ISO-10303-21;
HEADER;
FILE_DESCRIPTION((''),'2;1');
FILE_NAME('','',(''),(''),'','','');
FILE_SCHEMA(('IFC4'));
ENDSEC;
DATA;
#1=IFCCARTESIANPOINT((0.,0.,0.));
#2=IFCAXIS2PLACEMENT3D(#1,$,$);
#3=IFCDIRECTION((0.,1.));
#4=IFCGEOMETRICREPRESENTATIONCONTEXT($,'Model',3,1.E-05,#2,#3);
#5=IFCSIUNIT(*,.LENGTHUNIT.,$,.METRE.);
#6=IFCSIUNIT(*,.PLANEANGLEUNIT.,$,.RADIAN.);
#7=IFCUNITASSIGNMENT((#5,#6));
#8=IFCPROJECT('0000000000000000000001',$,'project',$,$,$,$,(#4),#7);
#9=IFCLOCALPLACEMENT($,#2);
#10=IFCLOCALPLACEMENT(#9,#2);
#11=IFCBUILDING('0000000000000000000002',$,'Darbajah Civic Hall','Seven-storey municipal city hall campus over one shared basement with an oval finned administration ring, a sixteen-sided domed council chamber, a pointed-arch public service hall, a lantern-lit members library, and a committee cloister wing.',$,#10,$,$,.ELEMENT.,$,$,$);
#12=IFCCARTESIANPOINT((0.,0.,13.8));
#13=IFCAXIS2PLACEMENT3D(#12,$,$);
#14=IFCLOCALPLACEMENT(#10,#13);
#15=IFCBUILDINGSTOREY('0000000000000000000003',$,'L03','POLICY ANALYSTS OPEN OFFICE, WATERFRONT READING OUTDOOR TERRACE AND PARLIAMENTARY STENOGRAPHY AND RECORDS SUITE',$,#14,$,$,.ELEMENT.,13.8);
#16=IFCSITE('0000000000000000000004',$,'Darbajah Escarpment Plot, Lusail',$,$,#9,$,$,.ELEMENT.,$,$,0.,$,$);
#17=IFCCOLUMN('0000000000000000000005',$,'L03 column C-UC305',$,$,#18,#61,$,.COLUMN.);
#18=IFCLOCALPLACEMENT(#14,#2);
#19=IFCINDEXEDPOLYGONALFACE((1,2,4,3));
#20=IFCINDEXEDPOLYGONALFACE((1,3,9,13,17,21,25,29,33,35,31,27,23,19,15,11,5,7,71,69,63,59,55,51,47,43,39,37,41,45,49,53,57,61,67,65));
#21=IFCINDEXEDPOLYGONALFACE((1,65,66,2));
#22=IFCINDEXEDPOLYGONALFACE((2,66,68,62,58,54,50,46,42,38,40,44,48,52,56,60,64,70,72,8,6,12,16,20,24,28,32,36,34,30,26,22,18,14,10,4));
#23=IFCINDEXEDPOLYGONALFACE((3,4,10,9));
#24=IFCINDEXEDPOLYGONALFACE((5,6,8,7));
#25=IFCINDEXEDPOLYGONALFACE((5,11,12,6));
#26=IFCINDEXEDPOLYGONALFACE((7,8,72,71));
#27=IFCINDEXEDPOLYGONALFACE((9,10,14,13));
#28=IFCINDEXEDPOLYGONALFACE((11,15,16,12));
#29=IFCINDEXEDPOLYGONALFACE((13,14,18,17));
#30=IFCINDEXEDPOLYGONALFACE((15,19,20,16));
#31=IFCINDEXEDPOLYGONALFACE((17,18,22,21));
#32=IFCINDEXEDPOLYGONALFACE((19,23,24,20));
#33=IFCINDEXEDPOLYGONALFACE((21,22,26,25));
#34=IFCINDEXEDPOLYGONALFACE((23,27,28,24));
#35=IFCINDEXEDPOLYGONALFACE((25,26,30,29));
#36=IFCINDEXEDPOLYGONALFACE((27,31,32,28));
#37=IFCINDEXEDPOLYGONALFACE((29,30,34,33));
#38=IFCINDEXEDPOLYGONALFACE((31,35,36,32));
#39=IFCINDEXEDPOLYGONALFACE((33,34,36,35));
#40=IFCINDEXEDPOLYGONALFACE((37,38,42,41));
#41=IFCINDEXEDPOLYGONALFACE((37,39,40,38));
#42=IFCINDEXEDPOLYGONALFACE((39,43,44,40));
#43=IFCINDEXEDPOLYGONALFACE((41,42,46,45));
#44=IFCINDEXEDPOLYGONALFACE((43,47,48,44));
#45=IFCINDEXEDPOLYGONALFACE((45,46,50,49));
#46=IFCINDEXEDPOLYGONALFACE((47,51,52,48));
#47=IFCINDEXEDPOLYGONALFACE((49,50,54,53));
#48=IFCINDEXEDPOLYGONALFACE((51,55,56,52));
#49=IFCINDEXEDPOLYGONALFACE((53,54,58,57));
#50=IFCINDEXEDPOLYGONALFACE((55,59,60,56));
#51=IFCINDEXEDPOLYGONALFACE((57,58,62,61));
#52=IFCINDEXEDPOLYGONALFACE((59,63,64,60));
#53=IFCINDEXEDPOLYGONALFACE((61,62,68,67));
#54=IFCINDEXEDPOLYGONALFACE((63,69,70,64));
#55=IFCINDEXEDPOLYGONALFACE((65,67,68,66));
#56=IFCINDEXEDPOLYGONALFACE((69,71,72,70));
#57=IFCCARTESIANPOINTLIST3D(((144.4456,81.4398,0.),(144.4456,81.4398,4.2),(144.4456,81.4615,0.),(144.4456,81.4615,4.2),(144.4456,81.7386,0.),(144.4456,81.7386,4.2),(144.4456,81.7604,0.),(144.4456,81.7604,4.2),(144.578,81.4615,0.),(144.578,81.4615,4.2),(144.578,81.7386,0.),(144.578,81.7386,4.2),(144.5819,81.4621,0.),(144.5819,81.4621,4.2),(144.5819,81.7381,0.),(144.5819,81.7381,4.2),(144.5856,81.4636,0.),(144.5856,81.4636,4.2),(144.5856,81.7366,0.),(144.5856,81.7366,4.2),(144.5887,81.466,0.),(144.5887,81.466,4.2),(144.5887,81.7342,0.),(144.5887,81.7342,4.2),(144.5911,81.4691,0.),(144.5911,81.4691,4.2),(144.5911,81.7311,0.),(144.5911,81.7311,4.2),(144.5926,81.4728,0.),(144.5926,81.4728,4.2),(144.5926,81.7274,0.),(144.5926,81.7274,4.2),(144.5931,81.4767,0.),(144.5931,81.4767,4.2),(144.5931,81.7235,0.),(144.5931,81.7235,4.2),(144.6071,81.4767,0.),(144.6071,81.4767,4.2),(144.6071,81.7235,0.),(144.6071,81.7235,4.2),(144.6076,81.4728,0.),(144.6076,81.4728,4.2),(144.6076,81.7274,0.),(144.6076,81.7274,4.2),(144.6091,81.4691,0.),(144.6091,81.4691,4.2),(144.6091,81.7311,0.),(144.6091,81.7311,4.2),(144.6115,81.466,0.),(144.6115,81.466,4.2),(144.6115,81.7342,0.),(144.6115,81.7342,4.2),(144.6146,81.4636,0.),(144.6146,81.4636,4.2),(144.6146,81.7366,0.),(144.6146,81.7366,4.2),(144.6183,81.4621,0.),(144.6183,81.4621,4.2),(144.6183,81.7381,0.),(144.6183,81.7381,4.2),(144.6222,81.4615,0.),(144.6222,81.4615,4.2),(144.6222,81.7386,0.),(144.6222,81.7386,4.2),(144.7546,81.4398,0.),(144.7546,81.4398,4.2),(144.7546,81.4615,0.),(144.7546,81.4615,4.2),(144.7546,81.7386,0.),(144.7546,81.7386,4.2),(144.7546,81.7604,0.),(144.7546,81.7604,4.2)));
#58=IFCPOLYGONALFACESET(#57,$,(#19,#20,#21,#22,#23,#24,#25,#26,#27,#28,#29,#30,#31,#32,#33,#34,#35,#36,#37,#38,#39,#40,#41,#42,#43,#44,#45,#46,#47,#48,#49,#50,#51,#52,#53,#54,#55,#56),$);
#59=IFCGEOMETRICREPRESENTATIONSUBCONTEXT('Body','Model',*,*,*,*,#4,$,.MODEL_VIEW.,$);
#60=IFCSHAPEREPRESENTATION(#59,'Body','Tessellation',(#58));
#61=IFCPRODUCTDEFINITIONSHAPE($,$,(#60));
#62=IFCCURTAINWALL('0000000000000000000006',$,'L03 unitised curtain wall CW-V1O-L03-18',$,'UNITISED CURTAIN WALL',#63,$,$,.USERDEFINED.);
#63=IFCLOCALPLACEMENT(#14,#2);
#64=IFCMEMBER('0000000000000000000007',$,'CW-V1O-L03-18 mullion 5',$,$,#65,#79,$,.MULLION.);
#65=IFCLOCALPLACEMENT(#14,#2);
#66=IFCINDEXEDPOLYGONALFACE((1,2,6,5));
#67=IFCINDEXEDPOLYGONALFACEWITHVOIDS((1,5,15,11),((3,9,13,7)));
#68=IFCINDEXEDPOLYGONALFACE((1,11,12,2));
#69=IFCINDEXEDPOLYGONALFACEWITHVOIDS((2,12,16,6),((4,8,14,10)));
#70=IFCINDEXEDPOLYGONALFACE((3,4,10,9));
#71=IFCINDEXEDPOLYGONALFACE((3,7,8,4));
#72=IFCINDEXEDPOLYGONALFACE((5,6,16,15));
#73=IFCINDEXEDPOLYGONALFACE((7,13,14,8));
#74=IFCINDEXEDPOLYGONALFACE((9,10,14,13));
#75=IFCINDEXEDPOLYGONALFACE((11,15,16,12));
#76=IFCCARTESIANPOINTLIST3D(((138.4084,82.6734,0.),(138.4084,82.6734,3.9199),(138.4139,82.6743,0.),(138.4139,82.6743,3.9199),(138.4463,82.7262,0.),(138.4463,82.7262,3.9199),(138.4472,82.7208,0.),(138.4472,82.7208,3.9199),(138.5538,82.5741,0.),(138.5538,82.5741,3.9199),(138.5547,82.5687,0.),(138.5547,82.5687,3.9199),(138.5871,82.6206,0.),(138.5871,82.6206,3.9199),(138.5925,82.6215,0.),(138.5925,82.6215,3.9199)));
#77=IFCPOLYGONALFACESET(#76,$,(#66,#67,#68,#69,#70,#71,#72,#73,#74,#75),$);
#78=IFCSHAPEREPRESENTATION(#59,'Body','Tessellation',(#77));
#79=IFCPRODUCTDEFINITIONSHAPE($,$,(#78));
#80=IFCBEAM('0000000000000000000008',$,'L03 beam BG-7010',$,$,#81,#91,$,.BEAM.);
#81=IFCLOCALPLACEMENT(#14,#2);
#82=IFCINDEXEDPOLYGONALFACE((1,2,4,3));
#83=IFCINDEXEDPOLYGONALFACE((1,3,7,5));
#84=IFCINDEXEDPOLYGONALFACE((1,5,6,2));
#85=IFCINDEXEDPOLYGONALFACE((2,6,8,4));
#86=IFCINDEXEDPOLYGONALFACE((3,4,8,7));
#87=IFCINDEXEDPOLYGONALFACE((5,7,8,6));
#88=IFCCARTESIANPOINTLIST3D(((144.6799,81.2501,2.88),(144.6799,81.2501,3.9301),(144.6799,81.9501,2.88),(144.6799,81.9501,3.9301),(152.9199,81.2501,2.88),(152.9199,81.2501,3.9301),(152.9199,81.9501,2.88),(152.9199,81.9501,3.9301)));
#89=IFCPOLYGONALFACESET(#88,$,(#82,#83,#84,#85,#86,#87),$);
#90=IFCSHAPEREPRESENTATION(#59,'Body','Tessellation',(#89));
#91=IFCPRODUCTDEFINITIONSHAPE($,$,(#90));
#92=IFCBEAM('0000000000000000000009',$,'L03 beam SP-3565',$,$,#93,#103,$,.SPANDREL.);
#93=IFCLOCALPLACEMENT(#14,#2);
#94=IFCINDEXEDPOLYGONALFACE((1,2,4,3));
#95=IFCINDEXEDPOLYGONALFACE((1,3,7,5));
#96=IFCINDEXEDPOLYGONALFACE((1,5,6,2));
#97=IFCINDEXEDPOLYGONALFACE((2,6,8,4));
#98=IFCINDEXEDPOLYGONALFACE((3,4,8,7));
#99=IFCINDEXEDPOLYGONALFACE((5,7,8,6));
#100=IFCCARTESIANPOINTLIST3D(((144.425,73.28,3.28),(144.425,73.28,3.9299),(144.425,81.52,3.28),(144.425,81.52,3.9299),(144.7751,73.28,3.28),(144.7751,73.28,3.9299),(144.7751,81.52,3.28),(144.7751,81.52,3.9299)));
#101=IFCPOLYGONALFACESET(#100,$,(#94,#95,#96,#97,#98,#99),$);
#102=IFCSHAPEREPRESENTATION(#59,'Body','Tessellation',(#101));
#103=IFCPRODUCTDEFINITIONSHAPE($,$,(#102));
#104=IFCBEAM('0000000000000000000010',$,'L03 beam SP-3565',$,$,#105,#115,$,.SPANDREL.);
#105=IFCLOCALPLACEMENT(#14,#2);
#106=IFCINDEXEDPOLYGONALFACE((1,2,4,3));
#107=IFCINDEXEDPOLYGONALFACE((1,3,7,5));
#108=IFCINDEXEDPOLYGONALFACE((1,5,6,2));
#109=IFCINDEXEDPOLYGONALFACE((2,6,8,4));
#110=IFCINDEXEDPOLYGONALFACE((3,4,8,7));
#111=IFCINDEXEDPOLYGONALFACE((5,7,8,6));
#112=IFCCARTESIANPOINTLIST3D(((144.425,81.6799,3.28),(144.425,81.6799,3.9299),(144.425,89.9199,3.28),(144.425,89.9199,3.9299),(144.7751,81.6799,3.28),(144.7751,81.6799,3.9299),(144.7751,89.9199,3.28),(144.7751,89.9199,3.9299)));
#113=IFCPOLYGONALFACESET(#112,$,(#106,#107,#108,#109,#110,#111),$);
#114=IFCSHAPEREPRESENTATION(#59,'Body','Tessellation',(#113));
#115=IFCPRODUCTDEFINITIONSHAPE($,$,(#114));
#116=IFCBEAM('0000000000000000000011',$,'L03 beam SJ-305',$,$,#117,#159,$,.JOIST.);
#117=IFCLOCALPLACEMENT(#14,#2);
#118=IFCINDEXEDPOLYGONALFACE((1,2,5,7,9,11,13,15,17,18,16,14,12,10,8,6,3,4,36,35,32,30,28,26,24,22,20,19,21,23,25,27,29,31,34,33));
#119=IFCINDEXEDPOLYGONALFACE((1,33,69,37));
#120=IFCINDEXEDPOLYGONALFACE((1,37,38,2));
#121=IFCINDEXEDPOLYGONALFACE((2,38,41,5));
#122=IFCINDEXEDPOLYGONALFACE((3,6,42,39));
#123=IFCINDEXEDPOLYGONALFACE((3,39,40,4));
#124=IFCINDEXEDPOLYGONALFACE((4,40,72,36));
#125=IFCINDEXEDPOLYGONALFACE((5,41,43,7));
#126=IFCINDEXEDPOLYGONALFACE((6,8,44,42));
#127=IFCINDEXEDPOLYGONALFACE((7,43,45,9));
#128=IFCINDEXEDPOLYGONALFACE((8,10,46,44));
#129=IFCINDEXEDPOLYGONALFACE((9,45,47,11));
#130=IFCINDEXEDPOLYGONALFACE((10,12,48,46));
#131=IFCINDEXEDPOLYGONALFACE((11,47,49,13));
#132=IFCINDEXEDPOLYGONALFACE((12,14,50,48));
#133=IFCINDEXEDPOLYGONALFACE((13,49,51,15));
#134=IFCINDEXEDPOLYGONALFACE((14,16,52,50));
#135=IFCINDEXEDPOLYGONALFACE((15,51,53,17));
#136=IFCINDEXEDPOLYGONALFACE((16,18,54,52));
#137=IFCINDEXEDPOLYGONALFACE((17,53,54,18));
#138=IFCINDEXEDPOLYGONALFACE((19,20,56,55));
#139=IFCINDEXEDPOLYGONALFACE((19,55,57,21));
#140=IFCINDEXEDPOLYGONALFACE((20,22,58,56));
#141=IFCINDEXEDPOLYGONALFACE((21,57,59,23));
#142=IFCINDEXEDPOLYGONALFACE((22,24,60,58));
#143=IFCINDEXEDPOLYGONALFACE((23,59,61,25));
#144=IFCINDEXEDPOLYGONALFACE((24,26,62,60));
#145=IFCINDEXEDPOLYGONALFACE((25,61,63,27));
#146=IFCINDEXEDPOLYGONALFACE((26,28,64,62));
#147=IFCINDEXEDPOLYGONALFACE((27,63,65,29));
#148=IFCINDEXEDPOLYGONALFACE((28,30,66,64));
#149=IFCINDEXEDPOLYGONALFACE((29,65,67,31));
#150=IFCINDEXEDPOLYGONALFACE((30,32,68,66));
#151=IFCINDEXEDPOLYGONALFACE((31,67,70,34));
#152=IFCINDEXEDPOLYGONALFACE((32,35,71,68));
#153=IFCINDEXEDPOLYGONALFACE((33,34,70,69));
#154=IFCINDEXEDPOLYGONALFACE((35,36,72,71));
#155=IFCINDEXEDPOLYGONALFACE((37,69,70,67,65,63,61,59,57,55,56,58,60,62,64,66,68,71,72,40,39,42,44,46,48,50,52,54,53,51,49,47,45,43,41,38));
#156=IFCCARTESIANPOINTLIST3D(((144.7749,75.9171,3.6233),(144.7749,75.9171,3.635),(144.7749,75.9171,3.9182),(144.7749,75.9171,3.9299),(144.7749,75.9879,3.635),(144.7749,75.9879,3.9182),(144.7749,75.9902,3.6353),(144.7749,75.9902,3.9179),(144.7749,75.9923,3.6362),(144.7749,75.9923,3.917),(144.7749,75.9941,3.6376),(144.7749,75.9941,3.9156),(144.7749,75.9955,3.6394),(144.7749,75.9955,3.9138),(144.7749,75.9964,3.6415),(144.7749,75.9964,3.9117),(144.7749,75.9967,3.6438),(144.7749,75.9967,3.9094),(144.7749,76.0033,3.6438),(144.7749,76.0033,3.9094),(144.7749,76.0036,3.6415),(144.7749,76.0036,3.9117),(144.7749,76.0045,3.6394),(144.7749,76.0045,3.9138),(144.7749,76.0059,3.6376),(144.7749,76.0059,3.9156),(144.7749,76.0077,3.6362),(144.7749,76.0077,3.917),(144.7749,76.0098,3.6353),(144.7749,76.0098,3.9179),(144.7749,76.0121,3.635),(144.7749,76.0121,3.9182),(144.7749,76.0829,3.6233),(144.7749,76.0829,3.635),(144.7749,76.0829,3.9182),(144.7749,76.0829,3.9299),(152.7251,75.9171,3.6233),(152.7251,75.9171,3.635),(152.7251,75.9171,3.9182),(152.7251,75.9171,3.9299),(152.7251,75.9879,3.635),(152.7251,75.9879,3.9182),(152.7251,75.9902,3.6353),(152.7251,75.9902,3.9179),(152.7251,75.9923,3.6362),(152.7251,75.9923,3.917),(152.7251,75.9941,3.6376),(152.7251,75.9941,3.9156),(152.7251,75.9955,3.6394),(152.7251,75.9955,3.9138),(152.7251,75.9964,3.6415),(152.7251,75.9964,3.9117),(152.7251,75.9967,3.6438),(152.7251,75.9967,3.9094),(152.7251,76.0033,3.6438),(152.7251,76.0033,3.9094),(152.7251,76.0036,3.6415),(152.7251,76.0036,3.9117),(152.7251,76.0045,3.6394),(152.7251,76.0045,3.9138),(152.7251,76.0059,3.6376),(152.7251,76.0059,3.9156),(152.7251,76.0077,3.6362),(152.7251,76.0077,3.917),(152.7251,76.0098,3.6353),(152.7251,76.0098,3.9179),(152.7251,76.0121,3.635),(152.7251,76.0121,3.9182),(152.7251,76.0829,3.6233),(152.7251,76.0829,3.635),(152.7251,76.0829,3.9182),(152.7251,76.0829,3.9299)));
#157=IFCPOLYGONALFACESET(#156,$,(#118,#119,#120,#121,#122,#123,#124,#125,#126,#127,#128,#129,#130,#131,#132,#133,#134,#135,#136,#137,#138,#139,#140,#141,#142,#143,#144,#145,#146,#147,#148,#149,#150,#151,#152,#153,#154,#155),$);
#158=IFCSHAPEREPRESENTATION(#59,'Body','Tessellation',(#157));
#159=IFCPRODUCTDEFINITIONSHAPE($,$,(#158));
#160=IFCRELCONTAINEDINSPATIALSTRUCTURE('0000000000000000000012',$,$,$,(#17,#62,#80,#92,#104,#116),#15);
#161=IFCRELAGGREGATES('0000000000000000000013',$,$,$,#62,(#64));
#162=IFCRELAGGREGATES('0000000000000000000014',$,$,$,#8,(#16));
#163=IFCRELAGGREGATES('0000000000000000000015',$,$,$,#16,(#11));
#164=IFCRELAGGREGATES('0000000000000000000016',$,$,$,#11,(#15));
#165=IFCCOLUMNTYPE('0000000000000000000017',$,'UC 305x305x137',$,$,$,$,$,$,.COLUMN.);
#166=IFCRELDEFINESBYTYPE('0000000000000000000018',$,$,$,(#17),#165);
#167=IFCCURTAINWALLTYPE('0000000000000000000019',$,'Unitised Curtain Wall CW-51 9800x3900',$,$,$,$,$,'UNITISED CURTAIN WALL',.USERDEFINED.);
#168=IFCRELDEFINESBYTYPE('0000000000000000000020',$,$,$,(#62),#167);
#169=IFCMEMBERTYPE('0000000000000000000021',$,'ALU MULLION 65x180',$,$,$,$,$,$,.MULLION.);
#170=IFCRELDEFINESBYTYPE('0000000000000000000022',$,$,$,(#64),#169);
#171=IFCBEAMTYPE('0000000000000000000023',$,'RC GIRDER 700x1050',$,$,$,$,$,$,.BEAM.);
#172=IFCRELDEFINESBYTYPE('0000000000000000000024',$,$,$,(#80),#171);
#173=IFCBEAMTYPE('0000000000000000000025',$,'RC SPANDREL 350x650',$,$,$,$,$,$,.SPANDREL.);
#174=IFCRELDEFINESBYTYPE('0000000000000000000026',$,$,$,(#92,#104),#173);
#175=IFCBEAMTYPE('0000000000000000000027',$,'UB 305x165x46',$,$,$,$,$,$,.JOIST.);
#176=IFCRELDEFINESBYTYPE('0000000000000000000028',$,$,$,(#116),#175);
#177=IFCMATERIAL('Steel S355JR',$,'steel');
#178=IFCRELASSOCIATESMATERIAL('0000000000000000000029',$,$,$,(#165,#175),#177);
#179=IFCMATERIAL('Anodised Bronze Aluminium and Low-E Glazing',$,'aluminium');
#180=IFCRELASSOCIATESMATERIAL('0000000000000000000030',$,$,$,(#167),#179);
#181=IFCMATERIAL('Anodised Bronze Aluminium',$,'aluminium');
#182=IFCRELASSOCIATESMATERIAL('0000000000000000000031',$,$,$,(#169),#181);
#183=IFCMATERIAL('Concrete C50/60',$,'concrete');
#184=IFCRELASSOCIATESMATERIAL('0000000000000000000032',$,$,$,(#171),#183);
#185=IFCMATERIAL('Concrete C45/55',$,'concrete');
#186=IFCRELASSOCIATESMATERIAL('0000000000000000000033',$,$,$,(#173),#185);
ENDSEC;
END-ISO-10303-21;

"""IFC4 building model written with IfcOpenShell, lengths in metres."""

from ifc_helpers import new_model, si_unit, direction, frame, origin, origin_2d, place, context, subcontext, project, spatial, rectangle, hollow_rectangle, i_section, extrude, material, material_profile, profile_set, type_object, element, aggregate, save


model = new_model("IFC4")

# Units and contexts
model_context = context("Model", 3, precision=1e-05, world=origin(), true_north=direction((0.0, 1.0)))
body_context = subcontext(model_context, "Body", "Model", "MODEL_VIEW")
ifc_project = project(units=[si_unit("LENGTHUNIT", "METRE"), si_unit("PLANEANGLEUNIT", "RADIAN")], contexts=[model_context])

# Site, building, storey
site_placement = place(None, origin())
site = spatial("IfcSite", under=ifc_project, at=site_placement, Name="Darbajah Escarpment Plot, Lusail", CompositionType="ELEMENT", RefElevation=0.0)
building_placement = place(site_placement, origin())
building = spatial("IfcBuilding", under=site, at=building_placement, Name="Darbajah Civic Hall", Description="Seven-storey municipal city hall campus over one shared basement with an oval finned administration ring, a sixteen-sided domed council chamber, a pointed-arch public service hall, a lantern-lit members library, and a committee cloister wing.", CompositionType="ELEMENT")
storey_placement = place(building_placement, frame((0.0, 0.0, 13.8)))
storey = spatial("IfcBuildingStorey", under=building, at=storey_placement, Name="L03", Description="POLICY ANALYSTS OPEN OFFICE, WATERFRONT READING OUTDOOR TERRACE AND PARLIAMENTARY STENOGRAPHY AND RECORDS SUITE", CompositionType="ELEMENT", Elevation=13.8)

# Column
ifc_material_1 = material(Name="Steel S355JR", Category="steel")
ifc_material_profile_1 = material_profile(ifc_material_1, i_section(OverallWidth=0.3091, OverallDepth=0.3206, WebThickness=0.0139, FlangeThickness=0.0217, FilletRadius=0.0151, at=origin_2d()), Name="UC 305x305x137")
ifc_profile_set_1 = profile_set([ifc_material_profile_1], Name="Steel S355JR")
column_type = type_object("IfcColumnType", Name="UC 305x305x137", PredefinedType="COLUMN", material=ifc_profile_set_1)
column_placement = place(storey_placement, frame((144.6001, 81.6001, 0.0), z_axis=(0.0, 0.0, 1.0), x_axis=(1.0, 0.0, 0.0)))
element("IfcColumn", 1, at=column_placement, inside=storey, type_object=column_type, Name="L03 column C-UC305", PredefinedType="COLUMN", context=body_context, shape_type="SweptSolid", body=[
    extrude(i_section(OverallWidth=0.3091, OverallDepth=0.3206, WebThickness=0.0139, FlangeThickness=0.0217, FilletRadius=0.0151, at=origin_2d()), origin(), (0.0, 0.0, 1.0), 4.2),
])

# Curtain wall, member
ifc_material_2 = material(Name="Anodised Bronze Aluminium and Low-E Glazing", Category="aluminium")
curtain_wall_type = type_object("IfcCurtainWallType", Name="Unitised Curtain Wall CW-51 9800x3900", ElementType="UNITISED CURTAIN WALL", PredefinedType="USERDEFINED", material=ifc_material_2)
curtain_wall_placement = place(storey_placement, origin())
curtain_wall = element("IfcCurtainWall", 2, at=curtain_wall_placement, inside=storey, type_object=curtain_wall_type, Name="L03 unitised curtain wall CW-V1O-L03-18", ObjectType="UNITISED CURTAIN WALL", PredefinedType="USERDEFINED")
ifc_material_3 = material(Name="Anodised Bronze Aluminium", Category="aluminium")
ifc_material_profile_2 = material_profile(ifc_material_3, hollow_rectangle(XDim=0.0649, YDim=0.1799, WallThickness=0.0039, at=origin_2d()), Name="ALU MULLION 65x180")
ifc_profile_set_2 = profile_set([ifc_material_profile_2], Name="Anodised Bronze Aluminium")
member_type = type_object("IfcMemberType", Name="ALU MULLION 65x180", PredefinedType="MULLION", material=ifc_profile_set_2)
member_placement = place(storey_placement, frame((138.5005, 82.6475, 0.0), z_axis=(0.0, 0.0, 1.0), x_axis=(0.582265, 0.812999, 0.0)))
member = element("IfcMember", 3, at=member_placement, type_object=member_type, Name="CW-V1O-L03-18 mullion 5", PredefinedType="MULLION", context=body_context, shape_type="SweptSolid", body=[
    extrude(hollow_rectangle(XDim=0.0649, YDim=0.1799, WallThickness=0.0039, at=origin_2d()), origin(), (0.0, 0.0, 1.0), 3.9199),
])

# Beams
ifc_material_4 = material(Name="Concrete C50/60", Category="concrete")
ifc_material_profile_3 = material_profile(ifc_material_4, rectangle(XDim=0.7, YDim=1.05, at=origin_2d()), Name="RC GIRDER 700x1050")
ifc_profile_set_3 = profile_set([ifc_material_profile_3], Name="Concrete C50/60")
beam_type_1 = type_object("IfcBeamType", Name="RC GIRDER 700x1050", PredefinedType="BEAM", material=ifc_profile_set_3)
beam_placement = place(storey_placement, frame((144.6799, 81.6001, 3.405), z_axis=(1.0, 0.0, 0.0), x_axis=(0.0, 1.0, 0.0)))
element("IfcBeam", 4, at=beam_placement, inside=storey, type_object=beam_type_1, Name="L03 beam BG-7010", PredefinedType="BEAM", context=body_context, shape_type="SweptSolid", body=[
    extrude(rectangle(XDim=0.7, YDim=1.05, at=origin_2d()), origin(), (0.0, 0.0, 1.0), 8.24),
])
ifc_material_5 = material(Name="Concrete C45/55", Category="concrete")
ifc_material_profile_4 = material_profile(ifc_material_5, rectangle(XDim=0.3501, YDim=0.6499, at=origin_2d()), Name="RC SPANDREL 350x650")
ifc_profile_set_4 = profile_set([ifc_material_profile_4], Name="Concrete C45/55")
beam_type_2 = type_object("IfcBeamType", Name="RC SPANDREL 350x650", PredefinedType="SPANDREL", material=ifc_profile_set_4)
for number, where, z_axis, x_axis, name in (
    (5, (144.6001, 73.28, 3.605), (0.0, 1.0, 0.0), (-1.0, 0.0, 0.0), "L03 beam SP-3565"),
    (6, (144.6001, 81.6799, 3.605), (0.0, 1.0, 0.0), (-1.0, 0.0, 0.0), "L03 beam SP-3565"),
):
    element("IfcBeam", number, at=place(storey_placement, frame(where, z_axis=z_axis, x_axis=x_axis)), inside=storey, type_object=beam_type_2, Name=name, PredefinedType="SPANDREL", context=body_context, shape_type="SweptSolid", body=[
        extrude(rectangle(XDim=0.3501, YDim=0.6499, at=origin_2d()), origin(), (0.0, 0.0, 1.0), 8.24),
    ])
ifc_material_profile_5 = material_profile(ifc_material_1, i_section(OverallWidth=0.1658, OverallDepth=0.3066, WebThickness=0.0066, FlangeThickness=0.0117, FilletRadius=0.0088, at=origin_2d()), Name="UB 305x165x46")
ifc_profile_set_5 = profile_set([ifc_material_profile_5], Name="Steel S355JR")
beam_type_3 = type_object("IfcBeamType", Name="UB 305x165x46", PredefinedType="JOIST", material=ifc_profile_set_5)
for number, where, z_axis, x_axis, name in (
    (7, (144.7749, 76.0, 3.7766), (1.0, 0.0, 0.0), (0.0, 1.0, 0.0), "L03 beam SJ-305"),
):
    element("IfcBeam", number, at=place(storey_placement, frame(where, z_axis=z_axis, x_axis=x_axis)), inside=storey, type_object=beam_type_3, Name=name, PredefinedType="JOIST", context=body_context, shape_type="SweptSolid", body=[
        extrude(i_section(OverallWidth=0.1658, OverallDepth=0.3066, WebThickness=0.0066, FlangeThickness=0.0117, FilletRadius=0.0088, at=origin_2d()), origin(), (0.0, 0.0, 1.0), 7.9502),
    ])

aggregate(curtain_wall, [member])

save(model, "model.ifc")
